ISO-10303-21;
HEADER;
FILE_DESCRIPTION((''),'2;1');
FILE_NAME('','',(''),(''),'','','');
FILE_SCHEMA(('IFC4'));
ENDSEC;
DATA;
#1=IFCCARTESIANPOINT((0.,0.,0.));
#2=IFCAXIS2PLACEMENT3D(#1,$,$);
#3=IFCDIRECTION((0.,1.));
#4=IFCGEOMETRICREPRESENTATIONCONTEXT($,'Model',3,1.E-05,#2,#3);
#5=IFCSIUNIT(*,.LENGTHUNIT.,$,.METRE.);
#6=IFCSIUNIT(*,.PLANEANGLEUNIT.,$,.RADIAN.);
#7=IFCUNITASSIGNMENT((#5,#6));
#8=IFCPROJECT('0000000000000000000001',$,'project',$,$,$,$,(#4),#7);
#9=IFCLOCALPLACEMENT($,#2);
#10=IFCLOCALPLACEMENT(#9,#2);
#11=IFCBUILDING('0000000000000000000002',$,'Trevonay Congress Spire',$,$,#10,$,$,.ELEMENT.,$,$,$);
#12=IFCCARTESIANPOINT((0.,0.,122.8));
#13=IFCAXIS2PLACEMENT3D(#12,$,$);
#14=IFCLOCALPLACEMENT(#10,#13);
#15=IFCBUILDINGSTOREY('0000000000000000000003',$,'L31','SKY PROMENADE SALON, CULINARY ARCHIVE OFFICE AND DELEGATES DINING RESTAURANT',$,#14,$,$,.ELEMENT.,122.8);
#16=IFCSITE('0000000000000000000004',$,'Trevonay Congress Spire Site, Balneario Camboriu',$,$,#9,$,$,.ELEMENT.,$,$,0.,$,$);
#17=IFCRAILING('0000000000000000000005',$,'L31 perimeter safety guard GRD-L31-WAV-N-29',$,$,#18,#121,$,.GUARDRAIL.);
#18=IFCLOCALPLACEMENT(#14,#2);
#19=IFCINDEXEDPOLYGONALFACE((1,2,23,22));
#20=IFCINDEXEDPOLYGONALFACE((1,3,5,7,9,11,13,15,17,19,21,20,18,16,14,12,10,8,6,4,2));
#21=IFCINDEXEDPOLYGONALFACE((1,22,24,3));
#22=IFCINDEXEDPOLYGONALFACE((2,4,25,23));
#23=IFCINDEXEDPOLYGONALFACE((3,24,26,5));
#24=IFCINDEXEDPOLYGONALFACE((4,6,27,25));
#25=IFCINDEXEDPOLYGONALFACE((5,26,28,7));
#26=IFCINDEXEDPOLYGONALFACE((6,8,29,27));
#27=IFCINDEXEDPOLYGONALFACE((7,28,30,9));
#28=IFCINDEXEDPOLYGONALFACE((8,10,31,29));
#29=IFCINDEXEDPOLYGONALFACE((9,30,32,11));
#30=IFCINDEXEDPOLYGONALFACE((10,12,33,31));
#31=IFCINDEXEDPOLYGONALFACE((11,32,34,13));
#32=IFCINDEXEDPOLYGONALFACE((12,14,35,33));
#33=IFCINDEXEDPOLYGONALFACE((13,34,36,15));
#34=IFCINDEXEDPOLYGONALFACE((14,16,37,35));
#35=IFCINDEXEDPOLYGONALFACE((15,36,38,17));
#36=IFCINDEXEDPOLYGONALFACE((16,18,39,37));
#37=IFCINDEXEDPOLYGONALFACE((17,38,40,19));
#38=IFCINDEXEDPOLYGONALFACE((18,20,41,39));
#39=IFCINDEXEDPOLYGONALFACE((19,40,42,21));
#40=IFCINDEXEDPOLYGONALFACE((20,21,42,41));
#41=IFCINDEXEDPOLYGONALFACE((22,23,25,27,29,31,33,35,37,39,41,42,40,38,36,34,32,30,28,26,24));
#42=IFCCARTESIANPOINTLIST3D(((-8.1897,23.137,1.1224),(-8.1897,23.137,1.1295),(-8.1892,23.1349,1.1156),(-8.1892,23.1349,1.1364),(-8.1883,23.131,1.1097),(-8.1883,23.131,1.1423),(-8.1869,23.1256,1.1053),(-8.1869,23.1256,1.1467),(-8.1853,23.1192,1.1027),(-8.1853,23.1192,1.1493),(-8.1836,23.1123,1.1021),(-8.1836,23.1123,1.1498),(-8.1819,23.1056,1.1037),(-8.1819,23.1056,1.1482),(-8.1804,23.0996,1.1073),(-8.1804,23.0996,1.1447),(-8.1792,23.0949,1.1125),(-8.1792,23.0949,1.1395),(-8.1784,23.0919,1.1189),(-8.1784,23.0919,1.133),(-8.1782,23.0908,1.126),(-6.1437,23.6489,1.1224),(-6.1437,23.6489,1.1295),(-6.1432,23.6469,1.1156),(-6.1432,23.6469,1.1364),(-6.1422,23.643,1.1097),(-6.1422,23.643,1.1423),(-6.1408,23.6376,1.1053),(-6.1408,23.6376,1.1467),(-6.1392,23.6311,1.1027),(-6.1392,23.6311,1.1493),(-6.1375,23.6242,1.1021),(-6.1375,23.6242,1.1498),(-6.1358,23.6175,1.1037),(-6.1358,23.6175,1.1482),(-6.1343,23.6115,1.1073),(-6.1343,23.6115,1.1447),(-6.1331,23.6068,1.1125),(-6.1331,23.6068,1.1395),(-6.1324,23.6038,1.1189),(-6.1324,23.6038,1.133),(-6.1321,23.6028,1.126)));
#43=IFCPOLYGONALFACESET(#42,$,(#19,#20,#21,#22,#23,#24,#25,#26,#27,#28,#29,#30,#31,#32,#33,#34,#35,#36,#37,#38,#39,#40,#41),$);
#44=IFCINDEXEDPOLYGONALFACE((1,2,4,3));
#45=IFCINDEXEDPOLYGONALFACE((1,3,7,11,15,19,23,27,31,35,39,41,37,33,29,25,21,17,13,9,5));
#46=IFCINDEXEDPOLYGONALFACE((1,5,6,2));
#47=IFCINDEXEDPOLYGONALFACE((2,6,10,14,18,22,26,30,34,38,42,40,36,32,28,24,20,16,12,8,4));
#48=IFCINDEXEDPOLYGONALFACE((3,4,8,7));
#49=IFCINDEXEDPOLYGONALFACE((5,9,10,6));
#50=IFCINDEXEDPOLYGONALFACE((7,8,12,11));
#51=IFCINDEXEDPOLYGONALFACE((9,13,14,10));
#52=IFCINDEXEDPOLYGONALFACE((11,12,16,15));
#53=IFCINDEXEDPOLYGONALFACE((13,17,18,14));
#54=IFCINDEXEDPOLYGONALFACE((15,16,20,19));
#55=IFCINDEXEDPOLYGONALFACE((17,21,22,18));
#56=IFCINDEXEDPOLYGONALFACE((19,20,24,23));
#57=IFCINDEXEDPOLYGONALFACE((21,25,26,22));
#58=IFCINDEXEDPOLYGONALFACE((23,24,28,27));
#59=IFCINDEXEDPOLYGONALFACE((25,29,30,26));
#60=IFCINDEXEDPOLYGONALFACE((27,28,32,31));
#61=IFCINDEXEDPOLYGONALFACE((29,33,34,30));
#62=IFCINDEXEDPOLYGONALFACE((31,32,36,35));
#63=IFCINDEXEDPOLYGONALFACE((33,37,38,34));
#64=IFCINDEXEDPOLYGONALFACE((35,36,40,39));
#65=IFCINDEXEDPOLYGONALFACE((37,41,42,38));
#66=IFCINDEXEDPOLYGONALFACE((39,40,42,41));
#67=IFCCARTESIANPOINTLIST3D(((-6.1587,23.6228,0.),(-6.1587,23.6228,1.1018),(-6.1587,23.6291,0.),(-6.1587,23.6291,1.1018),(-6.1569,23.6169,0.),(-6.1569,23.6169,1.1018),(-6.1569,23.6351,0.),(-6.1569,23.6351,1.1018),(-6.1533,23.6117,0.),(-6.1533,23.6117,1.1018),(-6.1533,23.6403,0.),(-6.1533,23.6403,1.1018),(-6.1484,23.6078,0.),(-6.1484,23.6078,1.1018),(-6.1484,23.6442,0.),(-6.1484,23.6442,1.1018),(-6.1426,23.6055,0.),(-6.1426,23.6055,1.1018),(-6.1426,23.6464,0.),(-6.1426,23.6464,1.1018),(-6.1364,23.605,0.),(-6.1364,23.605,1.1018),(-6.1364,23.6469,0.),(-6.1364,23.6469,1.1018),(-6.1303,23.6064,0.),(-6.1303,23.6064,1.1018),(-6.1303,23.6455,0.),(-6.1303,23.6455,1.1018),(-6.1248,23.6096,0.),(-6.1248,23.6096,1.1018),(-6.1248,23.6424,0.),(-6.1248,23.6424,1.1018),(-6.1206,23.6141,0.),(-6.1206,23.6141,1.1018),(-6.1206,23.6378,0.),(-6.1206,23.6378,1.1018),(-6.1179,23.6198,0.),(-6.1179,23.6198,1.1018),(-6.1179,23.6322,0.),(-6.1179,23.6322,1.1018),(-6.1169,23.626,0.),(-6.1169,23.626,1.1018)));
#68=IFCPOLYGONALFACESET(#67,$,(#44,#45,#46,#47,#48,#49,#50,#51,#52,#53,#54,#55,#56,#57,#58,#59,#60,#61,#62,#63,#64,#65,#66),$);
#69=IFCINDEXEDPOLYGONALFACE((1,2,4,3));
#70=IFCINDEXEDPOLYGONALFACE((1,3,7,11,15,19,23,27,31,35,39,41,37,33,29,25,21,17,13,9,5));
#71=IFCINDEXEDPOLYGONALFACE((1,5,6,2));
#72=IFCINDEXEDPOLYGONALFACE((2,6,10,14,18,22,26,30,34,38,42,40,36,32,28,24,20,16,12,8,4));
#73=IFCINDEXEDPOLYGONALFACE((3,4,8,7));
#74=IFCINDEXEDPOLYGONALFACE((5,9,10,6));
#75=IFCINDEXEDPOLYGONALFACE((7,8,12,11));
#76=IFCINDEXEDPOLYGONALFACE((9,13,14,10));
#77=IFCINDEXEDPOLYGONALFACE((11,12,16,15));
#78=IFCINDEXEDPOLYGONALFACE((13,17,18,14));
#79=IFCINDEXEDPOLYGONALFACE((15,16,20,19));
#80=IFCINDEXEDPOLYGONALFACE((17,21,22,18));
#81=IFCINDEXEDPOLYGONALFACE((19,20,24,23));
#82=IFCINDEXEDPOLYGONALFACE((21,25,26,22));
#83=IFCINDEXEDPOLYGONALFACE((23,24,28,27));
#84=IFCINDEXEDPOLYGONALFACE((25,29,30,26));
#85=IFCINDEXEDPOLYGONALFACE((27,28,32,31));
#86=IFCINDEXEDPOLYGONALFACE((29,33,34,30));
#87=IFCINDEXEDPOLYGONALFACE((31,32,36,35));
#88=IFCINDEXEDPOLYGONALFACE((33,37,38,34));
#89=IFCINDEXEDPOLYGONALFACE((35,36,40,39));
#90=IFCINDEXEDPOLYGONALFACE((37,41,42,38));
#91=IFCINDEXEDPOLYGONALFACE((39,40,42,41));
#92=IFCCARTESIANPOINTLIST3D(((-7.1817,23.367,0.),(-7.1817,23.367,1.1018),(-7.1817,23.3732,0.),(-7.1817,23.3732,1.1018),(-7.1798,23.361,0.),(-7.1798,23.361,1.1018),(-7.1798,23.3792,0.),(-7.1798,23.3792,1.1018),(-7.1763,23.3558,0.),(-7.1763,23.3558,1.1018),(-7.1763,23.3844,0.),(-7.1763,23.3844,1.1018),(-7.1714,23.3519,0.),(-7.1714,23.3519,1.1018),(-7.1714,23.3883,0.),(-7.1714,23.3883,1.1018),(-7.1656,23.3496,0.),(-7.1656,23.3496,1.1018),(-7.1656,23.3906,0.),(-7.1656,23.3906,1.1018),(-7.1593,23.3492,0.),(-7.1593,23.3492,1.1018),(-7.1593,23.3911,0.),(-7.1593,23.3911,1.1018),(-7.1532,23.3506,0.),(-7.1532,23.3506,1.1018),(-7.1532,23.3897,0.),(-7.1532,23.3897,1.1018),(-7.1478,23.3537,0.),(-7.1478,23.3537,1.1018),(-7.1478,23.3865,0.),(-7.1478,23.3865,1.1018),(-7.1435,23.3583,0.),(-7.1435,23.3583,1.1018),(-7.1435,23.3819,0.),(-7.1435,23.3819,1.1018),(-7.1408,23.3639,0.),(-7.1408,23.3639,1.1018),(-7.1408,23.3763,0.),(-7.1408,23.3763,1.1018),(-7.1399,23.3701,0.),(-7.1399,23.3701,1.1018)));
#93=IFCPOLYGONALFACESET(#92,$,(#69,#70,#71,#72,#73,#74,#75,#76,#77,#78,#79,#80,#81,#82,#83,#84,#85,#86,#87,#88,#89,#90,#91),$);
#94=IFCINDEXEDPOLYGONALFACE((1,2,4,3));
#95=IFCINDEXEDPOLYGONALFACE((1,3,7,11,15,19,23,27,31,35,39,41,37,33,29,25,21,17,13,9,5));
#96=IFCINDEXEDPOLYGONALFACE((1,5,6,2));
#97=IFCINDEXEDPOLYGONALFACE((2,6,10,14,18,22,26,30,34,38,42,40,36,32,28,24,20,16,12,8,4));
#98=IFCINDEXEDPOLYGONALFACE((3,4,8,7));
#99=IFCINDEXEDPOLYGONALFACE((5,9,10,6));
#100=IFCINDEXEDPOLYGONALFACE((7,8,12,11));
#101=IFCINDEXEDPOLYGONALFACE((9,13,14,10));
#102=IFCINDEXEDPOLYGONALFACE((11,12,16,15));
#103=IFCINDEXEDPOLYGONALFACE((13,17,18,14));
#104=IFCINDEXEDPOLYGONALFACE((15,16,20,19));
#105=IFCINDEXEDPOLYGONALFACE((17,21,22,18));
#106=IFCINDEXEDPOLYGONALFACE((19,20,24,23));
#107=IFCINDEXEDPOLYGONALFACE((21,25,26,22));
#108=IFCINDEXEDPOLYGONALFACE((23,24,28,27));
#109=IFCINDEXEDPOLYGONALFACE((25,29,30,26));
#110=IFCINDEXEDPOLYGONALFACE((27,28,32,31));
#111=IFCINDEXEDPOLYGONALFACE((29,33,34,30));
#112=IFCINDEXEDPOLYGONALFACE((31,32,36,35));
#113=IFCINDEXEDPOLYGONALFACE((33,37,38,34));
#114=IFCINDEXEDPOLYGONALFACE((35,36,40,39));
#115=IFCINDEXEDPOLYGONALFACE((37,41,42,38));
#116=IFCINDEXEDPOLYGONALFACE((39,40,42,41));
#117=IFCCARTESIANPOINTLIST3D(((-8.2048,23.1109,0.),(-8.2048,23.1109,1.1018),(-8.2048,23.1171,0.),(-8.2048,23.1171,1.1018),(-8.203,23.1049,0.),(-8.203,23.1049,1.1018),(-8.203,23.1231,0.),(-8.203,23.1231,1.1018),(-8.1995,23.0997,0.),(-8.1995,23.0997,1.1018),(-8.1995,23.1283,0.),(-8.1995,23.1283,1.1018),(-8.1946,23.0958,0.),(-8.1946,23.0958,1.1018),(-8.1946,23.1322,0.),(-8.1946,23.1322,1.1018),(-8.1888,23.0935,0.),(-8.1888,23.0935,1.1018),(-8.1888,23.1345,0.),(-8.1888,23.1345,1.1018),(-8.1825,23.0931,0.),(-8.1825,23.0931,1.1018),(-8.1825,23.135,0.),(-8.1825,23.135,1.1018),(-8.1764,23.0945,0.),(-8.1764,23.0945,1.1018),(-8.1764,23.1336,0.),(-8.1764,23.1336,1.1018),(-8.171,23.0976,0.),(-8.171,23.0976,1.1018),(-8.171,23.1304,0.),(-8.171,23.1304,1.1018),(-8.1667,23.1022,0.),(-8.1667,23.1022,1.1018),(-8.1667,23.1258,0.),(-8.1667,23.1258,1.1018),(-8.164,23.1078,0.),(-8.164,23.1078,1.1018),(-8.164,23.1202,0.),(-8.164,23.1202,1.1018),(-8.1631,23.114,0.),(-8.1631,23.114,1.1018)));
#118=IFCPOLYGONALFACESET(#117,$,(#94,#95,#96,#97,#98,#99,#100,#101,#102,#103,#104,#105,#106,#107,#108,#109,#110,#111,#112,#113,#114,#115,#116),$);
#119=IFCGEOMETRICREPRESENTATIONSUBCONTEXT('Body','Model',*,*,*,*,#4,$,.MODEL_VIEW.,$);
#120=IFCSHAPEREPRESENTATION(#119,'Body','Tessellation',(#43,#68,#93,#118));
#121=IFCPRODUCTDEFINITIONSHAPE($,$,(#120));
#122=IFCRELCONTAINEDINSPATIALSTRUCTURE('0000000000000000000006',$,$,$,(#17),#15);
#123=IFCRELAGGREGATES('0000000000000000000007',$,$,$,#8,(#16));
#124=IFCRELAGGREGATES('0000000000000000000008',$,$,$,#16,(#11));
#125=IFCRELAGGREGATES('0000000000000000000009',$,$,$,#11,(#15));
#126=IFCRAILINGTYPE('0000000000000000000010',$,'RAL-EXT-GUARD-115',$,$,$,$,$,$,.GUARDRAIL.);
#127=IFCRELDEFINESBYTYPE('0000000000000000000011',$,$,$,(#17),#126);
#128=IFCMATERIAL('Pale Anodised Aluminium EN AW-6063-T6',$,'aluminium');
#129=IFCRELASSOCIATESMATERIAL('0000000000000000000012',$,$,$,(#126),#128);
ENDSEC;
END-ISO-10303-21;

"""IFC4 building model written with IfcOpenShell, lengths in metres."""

from ifc_helpers import new_model, si_unit, direction, frame, origin, origin_2d, place, context, subcontext, project, spatial, circle, extrude, material, type_object, element, save


model = new_model("IFC4")

# Units and contexts
model_context = context("Model", 3, precision=1e-05, world=origin(), true_north=direction((0.0, 1.0)))
body_context = subcontext(model_context, "Body", "Model", "MODEL_VIEW")
ifc_project = project(units=[si_unit("LENGTHUNIT", "METRE"), si_unit("PLANEANGLEUNIT", "RADIAN")], contexts=[model_context])

# Site, building, storey
site_placement = place(None, origin())
site = spatial("IfcSite", under=ifc_project, at=site_placement, Name="Trevonay Congress Spire Site, Balneario Camboriu", CompositionType="ELEMENT", RefElevation=0.0)
building_placement = place(site_placement, origin())
building = spatial("IfcBuilding", under=site, at=building_placement, Name="Trevonay Congress Spire", CompositionType="ELEMENT")
storey_placement = place(building_placement, frame((0.0, 0.0, 122.8)))
storey = spatial("IfcBuildingStorey", under=building, at=storey_placement, Name="L31", Description="SKY PROMENADE SALON, CULINARY ARCHIVE OFFICE AND DELEGATES DINING RESTAURANT", CompositionType="ELEMENT", Elevation=122.8)

# Shared definitions
ifc_material_1 = material(Name="Pale Anodised Aluminium EN AW-6063-T6", Category="aluminium")

# Railing
railing_type = type_object("IfcRailingType", Name="RAL-EXT-GUARD-115", PredefinedType="GUARDRAIL", material=ifc_material_1)
railing_1_placement = place(storey_placement, frame((-6.1379, 23.626, 0.0)))
element("IfcRailing", 1, at=railing_1_placement, inside=storey, type_object=railing_type, Name="L31 perimeter safety guard GRD-L31-WAV-N-29", PredefinedType="GUARDRAIL", context=body_context, shape_type="SweptSolid", body=[
    extrude(circle(Radius=0.0239, at=origin_2d()), frame((0.0, 0.0, 1.126), z_axis=(-0.970095, -0.242726, 0.0), x_axis=(0.242726, -0.970095, 0.0)), (0.0, 0.0, 1.0), 2.1091),
    extrude(circle(Radius=0.021, at=origin_2d()), origin(), (0.0, 0.0, 1.0), 1.1018),
    extrude(circle(Radius=0.021, at=origin_2d()), frame((-1.0229, -0.2559, 0.0)), (0.0, 0.0, 1.0), 1.1018),
    extrude(circle(Radius=0.021, at=origin_2d()), frame((-2.0461, -0.512, 0.0)), (0.0, 0.0, 1.0), 1.1018),
])

save(model, "model.ifc")
